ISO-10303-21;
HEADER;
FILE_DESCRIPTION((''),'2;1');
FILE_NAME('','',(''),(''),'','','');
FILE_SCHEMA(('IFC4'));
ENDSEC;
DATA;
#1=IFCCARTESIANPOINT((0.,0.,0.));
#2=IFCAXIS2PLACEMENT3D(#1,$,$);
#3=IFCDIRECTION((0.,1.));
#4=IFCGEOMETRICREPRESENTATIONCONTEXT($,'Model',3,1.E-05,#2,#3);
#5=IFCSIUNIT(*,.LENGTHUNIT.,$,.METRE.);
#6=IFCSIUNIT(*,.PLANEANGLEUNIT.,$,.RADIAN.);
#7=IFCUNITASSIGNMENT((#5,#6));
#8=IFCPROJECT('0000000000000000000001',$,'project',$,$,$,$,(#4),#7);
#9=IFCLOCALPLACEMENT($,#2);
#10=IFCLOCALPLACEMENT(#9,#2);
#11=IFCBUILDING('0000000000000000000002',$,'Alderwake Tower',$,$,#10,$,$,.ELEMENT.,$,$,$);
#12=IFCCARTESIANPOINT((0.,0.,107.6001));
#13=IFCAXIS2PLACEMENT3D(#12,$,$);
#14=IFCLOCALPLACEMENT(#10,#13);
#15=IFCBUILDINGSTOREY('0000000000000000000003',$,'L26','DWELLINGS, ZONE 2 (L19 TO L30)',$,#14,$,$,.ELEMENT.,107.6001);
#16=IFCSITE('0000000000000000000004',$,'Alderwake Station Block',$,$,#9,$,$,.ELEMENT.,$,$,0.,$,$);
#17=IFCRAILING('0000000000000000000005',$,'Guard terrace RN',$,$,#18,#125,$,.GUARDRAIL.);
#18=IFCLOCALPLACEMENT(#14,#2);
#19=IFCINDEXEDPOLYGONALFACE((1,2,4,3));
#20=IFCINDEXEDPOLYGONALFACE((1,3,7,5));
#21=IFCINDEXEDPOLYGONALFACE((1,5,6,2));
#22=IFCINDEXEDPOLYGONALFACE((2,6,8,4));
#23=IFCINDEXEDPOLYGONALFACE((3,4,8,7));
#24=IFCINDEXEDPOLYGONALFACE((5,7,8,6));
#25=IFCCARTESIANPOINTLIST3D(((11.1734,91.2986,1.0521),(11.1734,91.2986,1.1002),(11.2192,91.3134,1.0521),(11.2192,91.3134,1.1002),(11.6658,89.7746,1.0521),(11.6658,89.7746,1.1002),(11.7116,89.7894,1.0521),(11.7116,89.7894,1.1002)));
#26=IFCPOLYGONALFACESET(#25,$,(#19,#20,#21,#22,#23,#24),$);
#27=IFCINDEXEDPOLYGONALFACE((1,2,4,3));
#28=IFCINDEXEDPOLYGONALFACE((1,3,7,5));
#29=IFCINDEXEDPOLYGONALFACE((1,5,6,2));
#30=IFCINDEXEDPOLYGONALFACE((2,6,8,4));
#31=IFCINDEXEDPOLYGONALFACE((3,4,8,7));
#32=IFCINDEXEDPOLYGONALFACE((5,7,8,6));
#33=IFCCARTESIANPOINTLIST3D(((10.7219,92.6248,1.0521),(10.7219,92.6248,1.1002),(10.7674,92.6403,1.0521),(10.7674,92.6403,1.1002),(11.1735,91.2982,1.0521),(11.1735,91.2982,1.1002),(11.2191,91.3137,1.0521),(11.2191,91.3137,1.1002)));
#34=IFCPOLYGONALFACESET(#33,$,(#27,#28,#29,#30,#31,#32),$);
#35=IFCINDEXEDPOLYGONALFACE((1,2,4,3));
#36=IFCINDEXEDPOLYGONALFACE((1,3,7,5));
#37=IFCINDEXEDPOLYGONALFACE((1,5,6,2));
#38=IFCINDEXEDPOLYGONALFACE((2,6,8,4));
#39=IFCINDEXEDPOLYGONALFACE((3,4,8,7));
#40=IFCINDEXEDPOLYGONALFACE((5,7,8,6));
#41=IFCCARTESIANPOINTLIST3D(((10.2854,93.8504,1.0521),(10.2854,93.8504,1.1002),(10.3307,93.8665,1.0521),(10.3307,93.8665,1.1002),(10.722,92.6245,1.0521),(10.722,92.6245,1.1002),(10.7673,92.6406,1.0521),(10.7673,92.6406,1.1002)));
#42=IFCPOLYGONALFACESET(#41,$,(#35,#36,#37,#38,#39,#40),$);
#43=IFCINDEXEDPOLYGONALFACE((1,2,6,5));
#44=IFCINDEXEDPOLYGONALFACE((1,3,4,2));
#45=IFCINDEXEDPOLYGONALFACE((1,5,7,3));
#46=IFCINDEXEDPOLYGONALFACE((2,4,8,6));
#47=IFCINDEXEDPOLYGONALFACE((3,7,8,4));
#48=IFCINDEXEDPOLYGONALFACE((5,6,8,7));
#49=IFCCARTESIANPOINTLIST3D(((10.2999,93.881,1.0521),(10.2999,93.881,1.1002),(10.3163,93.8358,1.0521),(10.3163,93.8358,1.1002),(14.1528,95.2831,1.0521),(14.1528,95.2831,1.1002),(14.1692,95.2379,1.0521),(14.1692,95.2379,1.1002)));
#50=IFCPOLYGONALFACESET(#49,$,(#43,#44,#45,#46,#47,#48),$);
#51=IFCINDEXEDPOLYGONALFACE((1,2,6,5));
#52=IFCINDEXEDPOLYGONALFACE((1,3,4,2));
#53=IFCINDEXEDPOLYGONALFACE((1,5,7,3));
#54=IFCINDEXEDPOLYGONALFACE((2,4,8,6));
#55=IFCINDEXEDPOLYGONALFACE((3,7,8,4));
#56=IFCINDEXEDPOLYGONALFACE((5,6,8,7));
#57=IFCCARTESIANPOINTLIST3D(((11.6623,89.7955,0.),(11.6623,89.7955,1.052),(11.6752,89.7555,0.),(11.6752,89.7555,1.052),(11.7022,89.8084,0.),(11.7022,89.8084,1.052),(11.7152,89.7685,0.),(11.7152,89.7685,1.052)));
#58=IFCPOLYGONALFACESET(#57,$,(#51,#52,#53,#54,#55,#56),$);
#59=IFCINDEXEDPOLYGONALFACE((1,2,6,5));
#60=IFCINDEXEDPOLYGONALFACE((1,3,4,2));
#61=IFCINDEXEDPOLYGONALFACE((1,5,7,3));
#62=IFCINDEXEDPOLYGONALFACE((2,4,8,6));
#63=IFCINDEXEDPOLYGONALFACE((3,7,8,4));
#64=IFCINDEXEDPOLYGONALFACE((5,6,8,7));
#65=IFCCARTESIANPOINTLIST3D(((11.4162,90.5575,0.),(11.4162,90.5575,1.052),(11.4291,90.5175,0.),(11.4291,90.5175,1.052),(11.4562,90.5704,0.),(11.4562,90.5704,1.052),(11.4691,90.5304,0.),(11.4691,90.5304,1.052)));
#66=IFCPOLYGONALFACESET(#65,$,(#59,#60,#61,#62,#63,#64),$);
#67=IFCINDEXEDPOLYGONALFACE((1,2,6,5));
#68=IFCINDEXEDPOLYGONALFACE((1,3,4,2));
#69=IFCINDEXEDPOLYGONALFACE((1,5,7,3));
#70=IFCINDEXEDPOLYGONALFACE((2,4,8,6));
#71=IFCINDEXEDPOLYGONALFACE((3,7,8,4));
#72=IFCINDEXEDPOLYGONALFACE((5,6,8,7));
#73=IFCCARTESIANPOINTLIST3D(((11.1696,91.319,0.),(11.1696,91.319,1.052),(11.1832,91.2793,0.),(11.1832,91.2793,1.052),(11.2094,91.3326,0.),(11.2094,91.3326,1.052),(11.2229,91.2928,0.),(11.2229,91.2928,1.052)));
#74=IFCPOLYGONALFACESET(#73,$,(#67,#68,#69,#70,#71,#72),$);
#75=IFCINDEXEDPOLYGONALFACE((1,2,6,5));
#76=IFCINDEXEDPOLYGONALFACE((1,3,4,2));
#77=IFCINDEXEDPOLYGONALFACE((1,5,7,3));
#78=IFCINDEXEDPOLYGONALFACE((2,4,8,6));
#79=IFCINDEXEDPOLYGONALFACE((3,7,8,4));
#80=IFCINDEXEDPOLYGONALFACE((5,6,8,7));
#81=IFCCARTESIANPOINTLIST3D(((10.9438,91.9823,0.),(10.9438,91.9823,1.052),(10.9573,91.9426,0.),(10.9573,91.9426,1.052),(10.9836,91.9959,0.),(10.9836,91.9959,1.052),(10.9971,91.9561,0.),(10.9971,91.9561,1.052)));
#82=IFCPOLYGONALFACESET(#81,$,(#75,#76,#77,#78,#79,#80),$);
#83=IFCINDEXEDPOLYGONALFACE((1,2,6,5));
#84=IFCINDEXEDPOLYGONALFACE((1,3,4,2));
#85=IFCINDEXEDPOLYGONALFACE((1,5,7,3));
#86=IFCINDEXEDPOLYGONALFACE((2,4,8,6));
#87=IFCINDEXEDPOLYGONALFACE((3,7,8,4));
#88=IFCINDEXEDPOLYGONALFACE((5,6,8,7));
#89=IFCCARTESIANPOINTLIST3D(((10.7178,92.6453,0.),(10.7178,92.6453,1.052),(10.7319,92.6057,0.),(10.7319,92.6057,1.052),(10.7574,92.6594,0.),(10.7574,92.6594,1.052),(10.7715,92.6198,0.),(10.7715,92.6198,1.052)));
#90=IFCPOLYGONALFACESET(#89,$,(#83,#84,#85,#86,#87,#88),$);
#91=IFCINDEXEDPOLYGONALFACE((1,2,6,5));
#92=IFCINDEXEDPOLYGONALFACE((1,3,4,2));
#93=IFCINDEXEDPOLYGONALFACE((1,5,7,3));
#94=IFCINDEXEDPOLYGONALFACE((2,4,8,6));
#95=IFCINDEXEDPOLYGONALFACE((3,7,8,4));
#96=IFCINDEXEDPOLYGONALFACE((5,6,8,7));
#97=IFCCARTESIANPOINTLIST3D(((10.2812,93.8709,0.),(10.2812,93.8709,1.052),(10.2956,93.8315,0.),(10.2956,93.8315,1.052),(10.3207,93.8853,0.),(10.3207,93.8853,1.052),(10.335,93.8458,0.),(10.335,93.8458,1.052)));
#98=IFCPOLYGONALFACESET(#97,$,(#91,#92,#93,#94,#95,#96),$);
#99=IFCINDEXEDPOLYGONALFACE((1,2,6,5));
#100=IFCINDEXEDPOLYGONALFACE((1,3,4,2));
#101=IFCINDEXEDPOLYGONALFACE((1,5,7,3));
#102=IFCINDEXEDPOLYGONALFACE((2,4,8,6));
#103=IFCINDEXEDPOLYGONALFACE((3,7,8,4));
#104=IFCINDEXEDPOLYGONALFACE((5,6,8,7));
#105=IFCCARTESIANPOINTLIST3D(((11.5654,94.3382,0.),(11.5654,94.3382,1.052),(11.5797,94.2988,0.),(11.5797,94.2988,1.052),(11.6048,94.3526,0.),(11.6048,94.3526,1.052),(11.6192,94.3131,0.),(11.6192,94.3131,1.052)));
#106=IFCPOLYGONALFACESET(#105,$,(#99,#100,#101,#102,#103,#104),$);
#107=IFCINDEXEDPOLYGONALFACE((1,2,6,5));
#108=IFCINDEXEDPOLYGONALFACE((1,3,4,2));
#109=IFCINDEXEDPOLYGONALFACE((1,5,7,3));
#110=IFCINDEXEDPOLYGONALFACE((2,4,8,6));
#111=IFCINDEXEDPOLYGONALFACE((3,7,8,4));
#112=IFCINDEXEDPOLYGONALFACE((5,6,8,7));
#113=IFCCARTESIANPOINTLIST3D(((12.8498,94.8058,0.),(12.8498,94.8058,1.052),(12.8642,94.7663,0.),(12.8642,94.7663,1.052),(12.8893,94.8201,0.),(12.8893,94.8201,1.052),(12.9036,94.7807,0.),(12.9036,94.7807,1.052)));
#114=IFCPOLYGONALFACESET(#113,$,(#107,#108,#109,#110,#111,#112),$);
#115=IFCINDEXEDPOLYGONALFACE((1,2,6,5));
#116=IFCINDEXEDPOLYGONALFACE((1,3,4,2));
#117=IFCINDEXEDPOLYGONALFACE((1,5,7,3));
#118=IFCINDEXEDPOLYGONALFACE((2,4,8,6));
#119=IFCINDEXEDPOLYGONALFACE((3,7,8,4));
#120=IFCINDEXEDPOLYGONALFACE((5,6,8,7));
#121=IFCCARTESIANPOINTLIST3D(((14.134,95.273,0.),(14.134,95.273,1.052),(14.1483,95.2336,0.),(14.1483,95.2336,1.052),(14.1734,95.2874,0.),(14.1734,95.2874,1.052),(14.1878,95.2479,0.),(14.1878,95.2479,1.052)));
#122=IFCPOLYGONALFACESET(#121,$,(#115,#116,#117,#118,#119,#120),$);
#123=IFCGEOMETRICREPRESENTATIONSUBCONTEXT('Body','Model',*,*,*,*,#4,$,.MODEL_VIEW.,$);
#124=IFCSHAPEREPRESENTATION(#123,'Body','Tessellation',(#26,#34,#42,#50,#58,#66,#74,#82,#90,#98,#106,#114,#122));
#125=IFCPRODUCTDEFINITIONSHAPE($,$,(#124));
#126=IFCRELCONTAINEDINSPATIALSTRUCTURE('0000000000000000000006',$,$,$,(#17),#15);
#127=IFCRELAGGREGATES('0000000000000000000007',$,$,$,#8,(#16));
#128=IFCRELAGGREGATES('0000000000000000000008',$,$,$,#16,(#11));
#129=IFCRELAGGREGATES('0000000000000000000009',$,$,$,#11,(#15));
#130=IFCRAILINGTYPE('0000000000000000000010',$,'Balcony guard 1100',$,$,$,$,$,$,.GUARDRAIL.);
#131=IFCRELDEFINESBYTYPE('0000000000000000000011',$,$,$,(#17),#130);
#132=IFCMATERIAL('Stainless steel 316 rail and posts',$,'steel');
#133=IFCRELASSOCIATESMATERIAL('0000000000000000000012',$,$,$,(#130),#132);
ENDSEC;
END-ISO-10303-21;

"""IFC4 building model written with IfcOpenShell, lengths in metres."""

from ifc_helpers import new_model, si_unit, direction, frame, origin, origin_2d, place, context, subcontext, project, spatial, rectangle, extrude, material, type_object, element, save


model = new_model("IFC4")

# Units and contexts
model_context = context("Model", 3, precision=1e-05, world=origin(), true_north=direction((0.0, 1.0)))
body_context = subcontext(model_context, "Body", "Model", "MODEL_VIEW")
ifc_project = project(units=[si_unit("LENGTHUNIT", "METRE"), si_unit("PLANEANGLEUNIT", "RADIAN")], contexts=[model_context])

# Site, building, storey
site_placement = place(None, origin())
site = spatial("IfcSite", under=ifc_project, at=site_placement, Name="Alderwake Station Block", CompositionType="ELEMENT", RefElevation=0.0)
building_placement = place(site_placement, origin())
building = spatial("IfcBuilding", under=site, at=building_placement, Name="Alderwake Tower", CompositionType="ELEMENT")
storey_placement = place(building_placement, frame((0.0, 0.0, 107.6001)))
storey = spatial("IfcBuildingStorey", under=building, at=storey_placement, Name="L26", Description="DWELLINGS, ZONE 2 (L19 TO L30)", CompositionType="ELEMENT", Elevation=107.6001)

# Railing
ifc_material_1 = material(Name="Stainless steel 316 rail and posts", Category="steel")
railing_type = type_object("IfcRailingType", Name="Balcony guard 1100", PredefinedType="GUARDRAIL", material=ifc_material_1)
railing_placement = place(storey_placement, frame((11.6887, 89.782, 0.0)))
element("IfcRailing", 1, at=railing_placement, inside=storey, type_object=railing_type, Name="Guard terrace RN", PredefinedType="GUARDRAIL", context=body_context, shape_type="SweptSolid", body=[
    extrude(rectangle(XDim=0.0481, YDim=0.0481, at=origin_2d()), frame((0.0, 0.0, 1.0762), z_axis=(-0.307479, 0.951555, 0.0), x_axis=(-0.951555, -0.307479, 0.0)), (0.0, 0.0, 1.0), 1.6016),
    extrude(rectangle(XDim=0.0481, YDim=0.0481, at=origin_2d()), frame((-0.4924, 1.5239, 1.0762), z_axis=(-0.322284, 0.946643, 0.0), x_axis=(-0.946643, -0.322284, 0.0)), (0.0, 0.0, 1.0), 1.4014),
    extrude(rectangle(XDim=0.0481, YDim=0.0481, at=origin_2d()), frame((-0.9441, 2.8506, 1.0762), z_axis=(-0.335469, 0.942051, 0.0), x_axis=(-0.942051, -0.335469, 0.0)), (0.0, 0.0, 1.0), 1.3013),
    extrude(rectangle(XDim=0.0481, YDim=0.0481, at=origin_2d()), frame((-1.3806, 4.0764, 1.0762), z_axis=(0.939708, 0.341977, 0.0), x_axis=(-0.341977, 0.939708, 0.0)), (0.0, 0.0, 1.0), 4.1001),
    extrude(rectangle(XDim=0.042, YDim=0.042, at=origin_2d()), frame((0.0, 0.0, 0.0), z_axis=(0.0, 0.0, 1.0), x_axis=(-0.307479, 0.951555, 0.0)), (0.0, 0.0, 1.0), 1.052),
    extrude(rectangle(XDim=0.042, YDim=0.042, at=origin_2d()), frame((-0.2461, 0.762, 0.0), z_axis=(0.0, 0.0, 1.0), x_axis=(-0.307479, 0.951555, 0.0)), (0.0, 0.0, 1.0), 1.052),
    extrude(rectangle(XDim=0.042, YDim=0.042, at=origin_2d()), frame((-0.4924, 1.5239, 0.0), z_axis=(0.0, 0.0, 1.0), x_axis=(-0.322284, 0.946643, 0.0)), (0.0, 0.0, 1.0), 1.052),
    extrude(rectangle(XDim=0.042, YDim=0.042, at=origin_2d()), frame((-0.7183, 2.1873, 0.0), z_axis=(0.0, 0.0, 1.0), x_axis=(-0.322284, 0.946643, 0.0)), (0.0, 0.0, 1.0), 1.052),
    extrude(rectangle(XDim=0.042, YDim=0.042, at=origin_2d()), frame((-0.9441, 2.8506, 0.0), z_axis=(0.0, 0.0, 1.0), x_axis=(-0.335469, 0.942051, 0.0)), (0.0, 0.0, 1.0), 1.052),
    extrude(rectangle(XDim=0.042, YDim=0.042, at=origin_2d()), frame((-1.3806, 4.0764, 0.0), z_axis=(0.0, 0.0, 1.0), x_axis=(0.939708, 0.341977, 0.0)), (0.0, 0.0, 1.0), 1.052),
    extrude(rectangle(XDim=0.042, YDim=0.042, at=origin_2d()), frame((-0.0964, 4.5437, 0.0), z_axis=(0.0, 0.0, 1.0), x_axis=(0.939708, 0.341977, 0.0)), (0.0, 0.0, 1.0), 1.052),
    extrude(rectangle(XDim=0.042, YDim=0.042, at=origin_2d()), frame((1.188, 5.0112, 0.0), z_axis=(0.0, 0.0, 1.0), x_axis=(0.939708, 0.341977, 0.0)), (0.0, 0.0, 1.0), 1.052),
    extrude(rectangle(XDim=0.042, YDim=0.042, at=origin_2d()), frame((2.4722, 5.4785, 0.0), z_axis=(0.0, 0.0, 1.0), x_axis=(0.939708, 0.341977, 0.0)), (0.0, 0.0, 1.0), 1.052),
])

save(model, "model.ifc")
